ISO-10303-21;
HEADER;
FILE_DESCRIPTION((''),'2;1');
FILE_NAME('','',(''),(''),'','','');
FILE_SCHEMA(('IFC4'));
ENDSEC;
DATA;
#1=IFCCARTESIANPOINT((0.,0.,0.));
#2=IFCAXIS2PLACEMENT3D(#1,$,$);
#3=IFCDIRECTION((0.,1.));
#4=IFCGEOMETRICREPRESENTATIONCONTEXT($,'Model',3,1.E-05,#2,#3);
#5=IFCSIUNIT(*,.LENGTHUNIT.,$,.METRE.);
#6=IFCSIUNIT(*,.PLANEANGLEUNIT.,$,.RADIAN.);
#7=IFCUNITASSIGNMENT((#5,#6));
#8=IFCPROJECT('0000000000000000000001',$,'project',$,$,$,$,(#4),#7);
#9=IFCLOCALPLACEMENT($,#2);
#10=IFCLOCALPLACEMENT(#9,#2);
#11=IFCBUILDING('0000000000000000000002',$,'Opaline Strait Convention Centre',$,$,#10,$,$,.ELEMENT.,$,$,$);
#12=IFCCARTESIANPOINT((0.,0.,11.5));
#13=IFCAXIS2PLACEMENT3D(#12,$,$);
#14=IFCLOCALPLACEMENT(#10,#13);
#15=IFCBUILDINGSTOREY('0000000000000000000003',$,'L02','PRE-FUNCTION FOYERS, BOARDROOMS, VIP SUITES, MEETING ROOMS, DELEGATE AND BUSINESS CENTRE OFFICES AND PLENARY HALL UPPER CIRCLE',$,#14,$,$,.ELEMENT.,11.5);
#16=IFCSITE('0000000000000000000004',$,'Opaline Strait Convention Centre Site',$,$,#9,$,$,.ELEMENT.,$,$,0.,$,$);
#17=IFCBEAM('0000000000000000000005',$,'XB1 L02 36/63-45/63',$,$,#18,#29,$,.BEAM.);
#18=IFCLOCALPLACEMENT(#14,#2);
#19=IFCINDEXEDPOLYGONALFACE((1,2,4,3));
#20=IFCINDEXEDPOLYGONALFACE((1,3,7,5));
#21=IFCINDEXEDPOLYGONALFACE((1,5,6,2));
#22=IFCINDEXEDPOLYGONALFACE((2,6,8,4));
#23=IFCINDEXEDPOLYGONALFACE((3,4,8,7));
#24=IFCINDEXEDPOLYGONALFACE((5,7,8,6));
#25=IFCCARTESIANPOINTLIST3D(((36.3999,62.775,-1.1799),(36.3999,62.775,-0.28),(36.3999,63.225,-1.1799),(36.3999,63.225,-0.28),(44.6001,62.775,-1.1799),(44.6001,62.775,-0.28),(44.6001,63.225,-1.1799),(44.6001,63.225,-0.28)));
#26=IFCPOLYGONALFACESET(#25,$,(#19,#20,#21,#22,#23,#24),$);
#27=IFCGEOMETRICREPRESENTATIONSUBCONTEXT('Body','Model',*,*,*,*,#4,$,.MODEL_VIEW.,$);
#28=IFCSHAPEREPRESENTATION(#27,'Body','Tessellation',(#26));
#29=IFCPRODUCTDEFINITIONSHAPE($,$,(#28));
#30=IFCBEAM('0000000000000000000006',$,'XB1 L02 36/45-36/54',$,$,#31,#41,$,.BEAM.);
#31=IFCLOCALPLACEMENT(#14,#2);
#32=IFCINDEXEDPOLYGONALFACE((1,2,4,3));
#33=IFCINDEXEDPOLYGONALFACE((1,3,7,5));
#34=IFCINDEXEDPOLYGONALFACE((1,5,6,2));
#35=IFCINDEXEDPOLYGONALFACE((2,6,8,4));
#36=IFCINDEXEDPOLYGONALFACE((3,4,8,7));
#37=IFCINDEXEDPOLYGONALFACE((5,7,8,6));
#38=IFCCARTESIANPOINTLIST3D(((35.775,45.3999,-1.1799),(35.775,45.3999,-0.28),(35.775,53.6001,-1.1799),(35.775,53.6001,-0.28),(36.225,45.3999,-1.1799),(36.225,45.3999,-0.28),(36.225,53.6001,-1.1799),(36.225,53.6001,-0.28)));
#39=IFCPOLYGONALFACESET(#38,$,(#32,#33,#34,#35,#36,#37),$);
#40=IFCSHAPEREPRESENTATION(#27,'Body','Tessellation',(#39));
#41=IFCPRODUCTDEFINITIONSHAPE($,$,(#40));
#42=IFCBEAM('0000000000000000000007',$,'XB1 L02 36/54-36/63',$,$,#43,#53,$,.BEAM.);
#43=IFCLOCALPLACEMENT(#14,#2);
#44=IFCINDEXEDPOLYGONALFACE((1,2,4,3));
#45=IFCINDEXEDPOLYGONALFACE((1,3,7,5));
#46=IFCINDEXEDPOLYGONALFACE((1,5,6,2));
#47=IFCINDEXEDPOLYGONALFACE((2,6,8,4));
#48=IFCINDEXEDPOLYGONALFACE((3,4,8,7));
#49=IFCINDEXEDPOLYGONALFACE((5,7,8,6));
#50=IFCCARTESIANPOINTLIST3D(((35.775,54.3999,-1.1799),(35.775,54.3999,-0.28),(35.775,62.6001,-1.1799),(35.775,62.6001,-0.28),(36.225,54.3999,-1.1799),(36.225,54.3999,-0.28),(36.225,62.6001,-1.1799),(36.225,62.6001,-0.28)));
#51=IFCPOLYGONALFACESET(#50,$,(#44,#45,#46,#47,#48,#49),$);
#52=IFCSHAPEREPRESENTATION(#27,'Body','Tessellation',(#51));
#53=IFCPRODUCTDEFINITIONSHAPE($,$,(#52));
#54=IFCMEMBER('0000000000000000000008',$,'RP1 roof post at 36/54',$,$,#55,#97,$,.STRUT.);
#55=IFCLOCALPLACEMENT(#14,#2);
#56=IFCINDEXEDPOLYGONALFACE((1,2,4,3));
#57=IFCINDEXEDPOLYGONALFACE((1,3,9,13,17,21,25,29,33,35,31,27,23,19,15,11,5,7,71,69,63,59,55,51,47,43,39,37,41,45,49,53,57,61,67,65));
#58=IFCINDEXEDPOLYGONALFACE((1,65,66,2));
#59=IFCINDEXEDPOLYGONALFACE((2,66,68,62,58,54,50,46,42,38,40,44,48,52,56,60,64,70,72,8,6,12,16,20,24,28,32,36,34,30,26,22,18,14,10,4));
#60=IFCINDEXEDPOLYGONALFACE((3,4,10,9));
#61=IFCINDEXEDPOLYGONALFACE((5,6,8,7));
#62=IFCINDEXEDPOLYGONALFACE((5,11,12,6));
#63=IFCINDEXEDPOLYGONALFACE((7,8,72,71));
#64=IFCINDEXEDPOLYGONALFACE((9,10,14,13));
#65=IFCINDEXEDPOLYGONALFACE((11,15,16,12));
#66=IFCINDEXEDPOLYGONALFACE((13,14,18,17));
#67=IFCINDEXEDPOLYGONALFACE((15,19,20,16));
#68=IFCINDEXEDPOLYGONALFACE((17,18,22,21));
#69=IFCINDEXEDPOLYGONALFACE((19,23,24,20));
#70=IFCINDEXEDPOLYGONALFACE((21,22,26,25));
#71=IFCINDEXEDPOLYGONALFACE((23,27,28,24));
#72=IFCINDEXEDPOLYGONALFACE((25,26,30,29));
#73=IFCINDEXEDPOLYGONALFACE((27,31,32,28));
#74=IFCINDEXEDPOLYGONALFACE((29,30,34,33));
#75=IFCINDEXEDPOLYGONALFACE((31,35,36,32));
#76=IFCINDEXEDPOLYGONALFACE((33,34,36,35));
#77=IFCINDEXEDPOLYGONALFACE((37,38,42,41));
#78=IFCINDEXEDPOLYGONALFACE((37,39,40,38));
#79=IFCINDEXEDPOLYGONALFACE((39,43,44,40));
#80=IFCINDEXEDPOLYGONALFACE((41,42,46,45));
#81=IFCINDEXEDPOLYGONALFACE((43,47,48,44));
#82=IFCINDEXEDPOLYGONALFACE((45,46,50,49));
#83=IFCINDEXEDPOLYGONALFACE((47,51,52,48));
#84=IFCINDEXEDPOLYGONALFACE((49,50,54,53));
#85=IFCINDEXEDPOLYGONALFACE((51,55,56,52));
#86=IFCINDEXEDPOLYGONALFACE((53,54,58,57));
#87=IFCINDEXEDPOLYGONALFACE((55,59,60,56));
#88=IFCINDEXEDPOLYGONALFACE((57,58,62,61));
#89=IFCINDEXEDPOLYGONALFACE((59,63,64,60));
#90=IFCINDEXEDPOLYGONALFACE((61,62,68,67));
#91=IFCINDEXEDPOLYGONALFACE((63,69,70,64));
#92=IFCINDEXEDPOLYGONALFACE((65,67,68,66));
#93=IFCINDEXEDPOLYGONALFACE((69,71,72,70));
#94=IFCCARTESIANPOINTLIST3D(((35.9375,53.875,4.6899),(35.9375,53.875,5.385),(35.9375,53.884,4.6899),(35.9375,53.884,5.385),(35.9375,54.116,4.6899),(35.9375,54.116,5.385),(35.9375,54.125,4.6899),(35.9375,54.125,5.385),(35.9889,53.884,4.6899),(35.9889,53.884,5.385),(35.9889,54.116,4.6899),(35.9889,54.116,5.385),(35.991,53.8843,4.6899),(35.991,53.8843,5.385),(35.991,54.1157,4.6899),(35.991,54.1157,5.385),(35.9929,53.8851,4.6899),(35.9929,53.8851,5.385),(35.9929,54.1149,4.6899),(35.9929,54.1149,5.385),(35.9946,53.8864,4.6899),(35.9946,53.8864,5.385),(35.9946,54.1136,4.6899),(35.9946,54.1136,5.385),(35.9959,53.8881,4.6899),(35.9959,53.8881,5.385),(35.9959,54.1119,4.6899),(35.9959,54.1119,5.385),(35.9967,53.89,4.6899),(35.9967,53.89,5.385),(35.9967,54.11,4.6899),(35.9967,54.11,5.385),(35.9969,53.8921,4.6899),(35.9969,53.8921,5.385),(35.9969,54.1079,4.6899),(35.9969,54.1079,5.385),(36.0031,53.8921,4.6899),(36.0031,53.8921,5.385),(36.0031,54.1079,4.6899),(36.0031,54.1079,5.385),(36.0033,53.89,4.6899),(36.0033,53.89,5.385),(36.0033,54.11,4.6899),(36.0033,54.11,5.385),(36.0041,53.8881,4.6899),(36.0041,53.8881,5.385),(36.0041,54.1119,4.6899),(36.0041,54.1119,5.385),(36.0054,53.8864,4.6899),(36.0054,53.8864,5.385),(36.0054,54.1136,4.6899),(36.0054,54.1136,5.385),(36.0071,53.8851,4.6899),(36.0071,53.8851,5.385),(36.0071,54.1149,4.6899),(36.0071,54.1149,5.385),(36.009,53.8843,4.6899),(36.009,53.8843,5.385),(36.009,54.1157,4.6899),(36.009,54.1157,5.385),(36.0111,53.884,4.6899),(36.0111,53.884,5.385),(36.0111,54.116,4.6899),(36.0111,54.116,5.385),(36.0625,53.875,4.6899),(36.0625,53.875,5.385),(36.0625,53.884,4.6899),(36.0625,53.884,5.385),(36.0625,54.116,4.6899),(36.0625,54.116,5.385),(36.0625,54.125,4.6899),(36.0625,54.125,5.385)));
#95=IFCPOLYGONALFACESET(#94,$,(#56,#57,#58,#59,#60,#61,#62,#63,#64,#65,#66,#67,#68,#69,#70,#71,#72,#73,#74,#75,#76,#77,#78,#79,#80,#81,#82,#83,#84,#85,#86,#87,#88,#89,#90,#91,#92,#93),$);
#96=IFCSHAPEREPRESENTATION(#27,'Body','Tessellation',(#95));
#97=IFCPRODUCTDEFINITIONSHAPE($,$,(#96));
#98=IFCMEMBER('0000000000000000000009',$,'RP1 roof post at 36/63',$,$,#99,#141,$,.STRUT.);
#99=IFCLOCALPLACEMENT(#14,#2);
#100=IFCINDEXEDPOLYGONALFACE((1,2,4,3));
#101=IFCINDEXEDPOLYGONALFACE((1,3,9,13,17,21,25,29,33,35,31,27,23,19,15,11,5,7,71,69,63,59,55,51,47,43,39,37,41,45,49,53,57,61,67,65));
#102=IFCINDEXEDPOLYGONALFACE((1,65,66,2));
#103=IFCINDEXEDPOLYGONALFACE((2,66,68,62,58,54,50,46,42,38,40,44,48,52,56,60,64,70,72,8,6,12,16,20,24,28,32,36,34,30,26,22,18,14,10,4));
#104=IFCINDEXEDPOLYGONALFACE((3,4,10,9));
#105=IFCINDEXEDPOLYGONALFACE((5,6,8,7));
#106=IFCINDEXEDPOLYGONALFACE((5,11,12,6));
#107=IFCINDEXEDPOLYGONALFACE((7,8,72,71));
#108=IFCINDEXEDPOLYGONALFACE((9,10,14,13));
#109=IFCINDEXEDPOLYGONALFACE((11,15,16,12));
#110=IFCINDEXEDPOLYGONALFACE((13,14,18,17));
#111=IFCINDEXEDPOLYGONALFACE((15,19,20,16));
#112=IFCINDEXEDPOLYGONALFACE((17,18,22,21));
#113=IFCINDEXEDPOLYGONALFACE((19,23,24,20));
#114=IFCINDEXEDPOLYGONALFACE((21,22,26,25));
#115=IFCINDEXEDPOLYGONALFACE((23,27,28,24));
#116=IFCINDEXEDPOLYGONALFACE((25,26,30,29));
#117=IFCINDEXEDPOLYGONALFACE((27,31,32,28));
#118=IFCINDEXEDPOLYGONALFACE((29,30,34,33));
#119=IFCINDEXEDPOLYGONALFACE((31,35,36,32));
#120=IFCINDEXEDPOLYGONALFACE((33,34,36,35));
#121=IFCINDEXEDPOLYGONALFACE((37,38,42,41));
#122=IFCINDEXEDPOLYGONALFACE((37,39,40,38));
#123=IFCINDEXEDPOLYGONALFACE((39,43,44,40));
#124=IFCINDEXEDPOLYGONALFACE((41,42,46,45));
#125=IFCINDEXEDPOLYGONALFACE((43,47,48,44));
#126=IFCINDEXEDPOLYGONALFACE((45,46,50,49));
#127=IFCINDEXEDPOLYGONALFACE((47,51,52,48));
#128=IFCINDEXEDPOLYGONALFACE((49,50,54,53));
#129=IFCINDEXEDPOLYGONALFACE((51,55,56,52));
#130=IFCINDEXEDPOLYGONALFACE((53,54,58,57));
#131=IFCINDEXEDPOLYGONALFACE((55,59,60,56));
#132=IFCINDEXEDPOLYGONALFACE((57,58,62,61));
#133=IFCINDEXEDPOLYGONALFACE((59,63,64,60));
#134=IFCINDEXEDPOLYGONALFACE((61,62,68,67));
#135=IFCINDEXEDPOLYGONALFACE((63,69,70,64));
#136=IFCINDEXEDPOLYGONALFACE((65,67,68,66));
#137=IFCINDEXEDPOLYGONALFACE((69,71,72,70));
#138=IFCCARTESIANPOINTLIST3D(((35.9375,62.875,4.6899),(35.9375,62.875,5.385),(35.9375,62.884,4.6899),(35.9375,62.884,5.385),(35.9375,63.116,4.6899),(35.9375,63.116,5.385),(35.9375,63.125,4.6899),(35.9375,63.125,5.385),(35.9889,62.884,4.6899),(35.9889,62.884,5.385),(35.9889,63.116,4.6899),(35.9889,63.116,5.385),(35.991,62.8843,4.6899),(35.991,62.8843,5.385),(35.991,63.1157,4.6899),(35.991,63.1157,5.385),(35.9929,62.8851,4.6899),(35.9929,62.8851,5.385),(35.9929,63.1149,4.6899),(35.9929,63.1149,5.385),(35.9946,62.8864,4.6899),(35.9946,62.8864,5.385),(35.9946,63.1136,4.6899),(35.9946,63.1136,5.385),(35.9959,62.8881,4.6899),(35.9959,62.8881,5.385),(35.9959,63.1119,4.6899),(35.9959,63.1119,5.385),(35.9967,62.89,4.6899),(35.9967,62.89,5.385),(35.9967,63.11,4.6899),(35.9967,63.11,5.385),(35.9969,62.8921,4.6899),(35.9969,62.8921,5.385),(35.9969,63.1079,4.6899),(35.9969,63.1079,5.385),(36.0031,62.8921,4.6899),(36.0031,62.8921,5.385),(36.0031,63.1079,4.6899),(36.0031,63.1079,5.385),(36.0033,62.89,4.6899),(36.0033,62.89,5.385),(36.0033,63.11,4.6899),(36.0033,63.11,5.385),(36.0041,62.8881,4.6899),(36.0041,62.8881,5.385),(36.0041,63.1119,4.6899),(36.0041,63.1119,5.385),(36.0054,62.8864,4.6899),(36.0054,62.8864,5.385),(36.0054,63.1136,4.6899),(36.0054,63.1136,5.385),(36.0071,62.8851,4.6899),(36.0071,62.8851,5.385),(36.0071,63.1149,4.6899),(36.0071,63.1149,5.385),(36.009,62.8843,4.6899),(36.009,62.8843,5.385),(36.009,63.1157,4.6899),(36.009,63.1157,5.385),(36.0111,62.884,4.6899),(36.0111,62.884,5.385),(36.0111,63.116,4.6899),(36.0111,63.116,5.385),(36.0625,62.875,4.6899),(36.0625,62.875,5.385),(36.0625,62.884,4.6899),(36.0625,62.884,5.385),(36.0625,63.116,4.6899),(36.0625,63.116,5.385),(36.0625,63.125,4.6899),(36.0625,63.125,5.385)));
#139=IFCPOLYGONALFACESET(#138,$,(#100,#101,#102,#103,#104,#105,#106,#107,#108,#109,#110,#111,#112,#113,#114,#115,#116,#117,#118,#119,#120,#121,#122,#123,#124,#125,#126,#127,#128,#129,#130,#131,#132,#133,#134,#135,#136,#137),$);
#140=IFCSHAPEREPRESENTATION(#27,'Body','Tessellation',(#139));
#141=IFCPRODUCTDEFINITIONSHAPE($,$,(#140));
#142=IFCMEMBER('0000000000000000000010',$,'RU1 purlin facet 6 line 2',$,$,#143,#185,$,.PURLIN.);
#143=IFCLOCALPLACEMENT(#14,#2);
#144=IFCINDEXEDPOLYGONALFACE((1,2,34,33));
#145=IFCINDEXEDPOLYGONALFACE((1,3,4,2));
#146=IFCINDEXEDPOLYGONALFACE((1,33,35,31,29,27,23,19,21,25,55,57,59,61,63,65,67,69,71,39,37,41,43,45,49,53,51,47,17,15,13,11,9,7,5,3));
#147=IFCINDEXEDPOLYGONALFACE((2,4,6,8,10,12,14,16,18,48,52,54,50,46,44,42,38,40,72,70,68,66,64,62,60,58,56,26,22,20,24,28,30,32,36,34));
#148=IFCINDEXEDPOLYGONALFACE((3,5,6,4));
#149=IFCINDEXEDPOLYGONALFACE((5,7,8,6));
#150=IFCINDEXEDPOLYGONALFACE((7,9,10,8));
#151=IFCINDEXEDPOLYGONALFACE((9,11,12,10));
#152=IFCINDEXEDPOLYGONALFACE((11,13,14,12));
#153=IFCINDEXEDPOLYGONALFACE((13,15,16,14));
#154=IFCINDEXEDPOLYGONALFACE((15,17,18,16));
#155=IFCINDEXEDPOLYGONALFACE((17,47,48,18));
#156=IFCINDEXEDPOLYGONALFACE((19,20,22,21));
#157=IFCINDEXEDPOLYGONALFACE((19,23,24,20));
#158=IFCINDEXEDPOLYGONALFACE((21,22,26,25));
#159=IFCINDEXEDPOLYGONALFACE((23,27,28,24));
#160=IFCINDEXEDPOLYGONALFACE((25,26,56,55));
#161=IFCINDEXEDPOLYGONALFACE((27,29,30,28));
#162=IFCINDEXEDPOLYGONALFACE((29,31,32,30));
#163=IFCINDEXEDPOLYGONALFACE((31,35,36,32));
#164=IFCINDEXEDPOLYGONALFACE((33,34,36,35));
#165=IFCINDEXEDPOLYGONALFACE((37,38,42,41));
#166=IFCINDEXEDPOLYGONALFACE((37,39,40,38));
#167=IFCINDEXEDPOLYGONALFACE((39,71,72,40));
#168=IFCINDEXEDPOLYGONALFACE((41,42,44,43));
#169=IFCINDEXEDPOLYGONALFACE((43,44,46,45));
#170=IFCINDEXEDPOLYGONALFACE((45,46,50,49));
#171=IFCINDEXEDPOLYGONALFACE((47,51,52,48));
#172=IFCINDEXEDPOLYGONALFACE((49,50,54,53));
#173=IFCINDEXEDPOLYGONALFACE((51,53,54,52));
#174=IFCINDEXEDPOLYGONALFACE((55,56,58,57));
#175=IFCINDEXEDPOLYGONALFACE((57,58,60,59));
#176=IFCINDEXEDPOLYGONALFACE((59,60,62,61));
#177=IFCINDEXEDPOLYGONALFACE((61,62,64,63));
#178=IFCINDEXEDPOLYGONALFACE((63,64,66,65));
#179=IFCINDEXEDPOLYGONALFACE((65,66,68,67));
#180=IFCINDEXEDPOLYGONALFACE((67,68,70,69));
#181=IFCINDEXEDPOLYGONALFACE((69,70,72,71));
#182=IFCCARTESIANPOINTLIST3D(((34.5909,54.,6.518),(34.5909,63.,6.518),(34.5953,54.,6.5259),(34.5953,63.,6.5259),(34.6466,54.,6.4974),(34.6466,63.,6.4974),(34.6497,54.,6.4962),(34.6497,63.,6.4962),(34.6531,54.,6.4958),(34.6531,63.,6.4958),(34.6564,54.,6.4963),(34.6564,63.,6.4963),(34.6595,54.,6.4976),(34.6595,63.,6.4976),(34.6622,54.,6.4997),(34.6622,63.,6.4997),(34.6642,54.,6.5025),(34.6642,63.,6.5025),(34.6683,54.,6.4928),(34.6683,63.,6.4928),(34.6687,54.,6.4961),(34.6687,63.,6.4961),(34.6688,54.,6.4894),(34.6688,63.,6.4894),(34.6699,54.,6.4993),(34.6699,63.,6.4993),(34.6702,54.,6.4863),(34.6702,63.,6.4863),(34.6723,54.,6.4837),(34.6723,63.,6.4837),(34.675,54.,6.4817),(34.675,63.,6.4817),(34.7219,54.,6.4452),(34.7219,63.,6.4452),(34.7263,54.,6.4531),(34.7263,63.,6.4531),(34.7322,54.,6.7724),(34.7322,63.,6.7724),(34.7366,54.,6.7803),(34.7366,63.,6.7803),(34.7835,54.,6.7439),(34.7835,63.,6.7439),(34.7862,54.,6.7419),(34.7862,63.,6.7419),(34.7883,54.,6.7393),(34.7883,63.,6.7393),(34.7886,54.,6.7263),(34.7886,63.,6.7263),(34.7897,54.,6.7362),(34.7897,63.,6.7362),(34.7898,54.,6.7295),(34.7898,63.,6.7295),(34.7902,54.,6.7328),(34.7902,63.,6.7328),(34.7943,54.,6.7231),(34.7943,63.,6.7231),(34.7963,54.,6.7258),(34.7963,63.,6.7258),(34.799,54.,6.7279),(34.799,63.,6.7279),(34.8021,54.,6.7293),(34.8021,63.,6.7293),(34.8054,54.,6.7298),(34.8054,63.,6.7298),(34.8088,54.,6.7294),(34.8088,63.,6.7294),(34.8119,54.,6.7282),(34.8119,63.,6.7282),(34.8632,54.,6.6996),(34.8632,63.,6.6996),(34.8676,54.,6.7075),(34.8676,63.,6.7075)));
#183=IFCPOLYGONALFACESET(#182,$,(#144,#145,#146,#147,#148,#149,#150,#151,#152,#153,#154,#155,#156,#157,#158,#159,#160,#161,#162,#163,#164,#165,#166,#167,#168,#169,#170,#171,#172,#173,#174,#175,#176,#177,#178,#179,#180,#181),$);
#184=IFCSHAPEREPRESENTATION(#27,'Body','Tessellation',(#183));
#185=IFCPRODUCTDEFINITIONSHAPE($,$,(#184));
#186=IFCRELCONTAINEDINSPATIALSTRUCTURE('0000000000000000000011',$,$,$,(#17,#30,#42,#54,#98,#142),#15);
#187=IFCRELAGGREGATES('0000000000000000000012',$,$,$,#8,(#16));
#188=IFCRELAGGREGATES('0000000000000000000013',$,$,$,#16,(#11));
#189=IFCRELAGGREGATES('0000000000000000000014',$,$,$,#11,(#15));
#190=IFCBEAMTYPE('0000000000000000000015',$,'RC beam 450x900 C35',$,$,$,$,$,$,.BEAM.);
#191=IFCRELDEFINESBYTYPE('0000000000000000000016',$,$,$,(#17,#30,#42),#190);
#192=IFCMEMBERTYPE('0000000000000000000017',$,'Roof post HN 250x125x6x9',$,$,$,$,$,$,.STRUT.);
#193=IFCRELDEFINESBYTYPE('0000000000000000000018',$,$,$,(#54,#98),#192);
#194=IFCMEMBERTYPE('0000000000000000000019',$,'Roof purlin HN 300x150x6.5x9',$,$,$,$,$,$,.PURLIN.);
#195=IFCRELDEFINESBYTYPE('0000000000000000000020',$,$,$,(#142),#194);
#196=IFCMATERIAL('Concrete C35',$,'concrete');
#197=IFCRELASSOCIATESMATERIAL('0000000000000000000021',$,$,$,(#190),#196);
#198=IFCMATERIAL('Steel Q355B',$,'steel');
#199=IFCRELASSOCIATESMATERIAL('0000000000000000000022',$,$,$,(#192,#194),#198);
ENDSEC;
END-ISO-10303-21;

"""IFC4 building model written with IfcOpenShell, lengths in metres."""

from ifc_helpers import new_model, si_unit, direction, frame, origin, origin_2d, place, context, subcontext, project, spatial, rectangle, i_section, extrude, material, material_profile, profile_set, type_object, element, save


model = new_model("IFC4")

# Units and contexts
model_context = context("Model", 3, precision=1e-05, world=origin(), true_north=direction((0.0, 1.0)))
body_context = subcontext(model_context, "Body", "Model", "MODEL_VIEW")
ifc_project = project(units=[si_unit("LENGTHUNIT", "METRE"), si_unit("PLANEANGLEUNIT", "RADIAN")], contexts=[model_context])

# Site, building, storey
site_placement = place(None, origin())
site = spatial("IfcSite", under=ifc_project, at=site_placement, Name="Opaline Strait Convention Centre Site", CompositionType="ELEMENT", RefElevation=0.0)
building_placement = place(site_placement, origin())
building = spatial("IfcBuilding", under=site, at=building_placement, Name="Opaline Strait Convention Centre", CompositionType="ELEMENT")
storey_placement = place(building_placement, frame((0.0, 0.0, 11.5)))
storey = spatial("IfcBuildingStorey", under=building, at=storey_placement, Name="L02", Description="PRE-FUNCTION FOYERS, BOARDROOMS, VIP SUITES, MEETING ROOMS, DELEGATE AND BUSINESS CENTRE OFFICES AND PLENARY HALL UPPER CIRCLE", CompositionType="ELEMENT", Elevation=11.5)

# Shared definitions
ifc_material_1 = material(Name="Steel Q355B", Category="steel")

# Beams
ifc_material_2 = material(Name="Concrete C35", Category="concrete")
ifc_material_profile_1 = material_profile(ifc_material_2, rectangle(XDim=0.45, YDim=0.8999, at=origin_2d()), Name="RC 450x900")
ifc_profile_set_1 = profile_set([ifc_material_profile_1], Name="Concrete C35")
beam_type_1 = type_object("IfcBeamType", Name="RC beam 450x900 C35", PredefinedType="BEAM", material=ifc_profile_set_1)
for number, where, z_axis, x_axis, name in (
    (1, (36.3999, 63.0, -0.73), (1.0, 0.0, 0.0), (0.0, 1.0, 0.0), "XB1 L02 36/63-45/63"),
    (2, (36.0, 45.3999, -0.73), (0.0, 1.0, 0.0), (-1.0, 0.0, 0.0), "XB1 L02 36/45-36/54"),
    (3, (36.0, 54.3999, -0.73), (0.0, 1.0, 0.0), (-1.0, 0.0, 0.0), "XB1 L02 36/54-36/63"),
):
    element("IfcBeam", number, at=place(storey_placement, frame(where, z_axis=z_axis, x_axis=x_axis)), inside=storey, type_object=beam_type_1, Name=name, PredefinedType="BEAM", context=body_context, shape_type="SweptSolid", body=[
        extrude(rectangle(XDim=0.45, YDim=0.8999, at=origin_2d()), origin(), (0.0, 0.0, 1.0), 8.2002),
    ])

# Members
ifc_material_profile_2 = material_profile(ifc_material_1, i_section(OverallWidth=0.125, OverallDepth=0.25, WebThickness=0.0061, FlangeThickness=0.009, FilletRadius=0.0081, at=origin_2d()), Name="HN 250x125x6x9")
ifc_profile_set_2 = profile_set([ifc_material_profile_2], Name="Steel Q355B")
member_type_1 = type_object("IfcMemberType", Name="Roof post HN 250x125x6x9", PredefinedType="STRUT", material=ifc_profile_set_2)
for number, where, z_axis, x_axis, name in (
    (4, (36.0, 54.0, 4.6899), (0.0, 0.0, 1.0), (1.0, 0.0, 0.0), "RP1 roof post at 36/54"),
    (5, (36.0, 63.0, 4.6899), (0.0, 0.0, 1.0), (1.0, 0.0, 0.0), "RP1 roof post at 36/63"),
):
    element("IfcMember", number, at=place(storey_placement, frame(where, z_axis=z_axis, x_axis=x_axis)), inside=storey, type_object=member_type_1, Name=name, PredefinedType="STRUT", context=body_context, shape_type="SweptSolid", body=[
        extrude(i_section(OverallWidth=0.125, OverallDepth=0.25, WebThickness=0.0061, FlangeThickness=0.009, FilletRadius=0.0081, at=origin_2d()), origin(), (0.0, 0.0, 1.0), 0.6951),
    ])
ifc_material_profile_3 = material_profile(ifc_material_1, i_section(OverallWidth=0.1499, OverallDepth=0.3, WebThickness=0.0066, FlangeThickness=0.009, FilletRadius=0.0129, at=origin_2d()), Name="HN 300x150x6.5x9")
ifc_profile_set_3 = profile_set([ifc_material_profile_3], Name="Steel Q355B")
member_type_2 = type_object("IfcMemberType", Name="Roof purlin HN 300x150x6.5x9", PredefinedType="PURLIN", material=ifc_profile_set_3)
for number, where, z_axis, x_axis, name in (
    (6, (34.7292, 54.0, 6.6128), (0.0, 1.0, 0.0), (-0.874157, 0.0, 0.485643), "RU1 purlin facet 6 line 2"),
):
    element("IfcMember", number, at=place(storey_placement, frame(where, z_axis=z_axis, x_axis=x_axis)), inside=storey, type_object=member_type_2, Name=name, PredefinedType="PURLIN", context=body_context, shape_type="SweptSolid", body=[
        extrude(i_section(OverallWidth=0.1499, OverallDepth=0.3, WebThickness=0.0066, FlangeThickness=0.009, FilletRadius=0.0129, at=origin_2d()), origin(), (0.0, 0.0, 1.0), 9.0),
    ])

save(model, "model.ifc")
